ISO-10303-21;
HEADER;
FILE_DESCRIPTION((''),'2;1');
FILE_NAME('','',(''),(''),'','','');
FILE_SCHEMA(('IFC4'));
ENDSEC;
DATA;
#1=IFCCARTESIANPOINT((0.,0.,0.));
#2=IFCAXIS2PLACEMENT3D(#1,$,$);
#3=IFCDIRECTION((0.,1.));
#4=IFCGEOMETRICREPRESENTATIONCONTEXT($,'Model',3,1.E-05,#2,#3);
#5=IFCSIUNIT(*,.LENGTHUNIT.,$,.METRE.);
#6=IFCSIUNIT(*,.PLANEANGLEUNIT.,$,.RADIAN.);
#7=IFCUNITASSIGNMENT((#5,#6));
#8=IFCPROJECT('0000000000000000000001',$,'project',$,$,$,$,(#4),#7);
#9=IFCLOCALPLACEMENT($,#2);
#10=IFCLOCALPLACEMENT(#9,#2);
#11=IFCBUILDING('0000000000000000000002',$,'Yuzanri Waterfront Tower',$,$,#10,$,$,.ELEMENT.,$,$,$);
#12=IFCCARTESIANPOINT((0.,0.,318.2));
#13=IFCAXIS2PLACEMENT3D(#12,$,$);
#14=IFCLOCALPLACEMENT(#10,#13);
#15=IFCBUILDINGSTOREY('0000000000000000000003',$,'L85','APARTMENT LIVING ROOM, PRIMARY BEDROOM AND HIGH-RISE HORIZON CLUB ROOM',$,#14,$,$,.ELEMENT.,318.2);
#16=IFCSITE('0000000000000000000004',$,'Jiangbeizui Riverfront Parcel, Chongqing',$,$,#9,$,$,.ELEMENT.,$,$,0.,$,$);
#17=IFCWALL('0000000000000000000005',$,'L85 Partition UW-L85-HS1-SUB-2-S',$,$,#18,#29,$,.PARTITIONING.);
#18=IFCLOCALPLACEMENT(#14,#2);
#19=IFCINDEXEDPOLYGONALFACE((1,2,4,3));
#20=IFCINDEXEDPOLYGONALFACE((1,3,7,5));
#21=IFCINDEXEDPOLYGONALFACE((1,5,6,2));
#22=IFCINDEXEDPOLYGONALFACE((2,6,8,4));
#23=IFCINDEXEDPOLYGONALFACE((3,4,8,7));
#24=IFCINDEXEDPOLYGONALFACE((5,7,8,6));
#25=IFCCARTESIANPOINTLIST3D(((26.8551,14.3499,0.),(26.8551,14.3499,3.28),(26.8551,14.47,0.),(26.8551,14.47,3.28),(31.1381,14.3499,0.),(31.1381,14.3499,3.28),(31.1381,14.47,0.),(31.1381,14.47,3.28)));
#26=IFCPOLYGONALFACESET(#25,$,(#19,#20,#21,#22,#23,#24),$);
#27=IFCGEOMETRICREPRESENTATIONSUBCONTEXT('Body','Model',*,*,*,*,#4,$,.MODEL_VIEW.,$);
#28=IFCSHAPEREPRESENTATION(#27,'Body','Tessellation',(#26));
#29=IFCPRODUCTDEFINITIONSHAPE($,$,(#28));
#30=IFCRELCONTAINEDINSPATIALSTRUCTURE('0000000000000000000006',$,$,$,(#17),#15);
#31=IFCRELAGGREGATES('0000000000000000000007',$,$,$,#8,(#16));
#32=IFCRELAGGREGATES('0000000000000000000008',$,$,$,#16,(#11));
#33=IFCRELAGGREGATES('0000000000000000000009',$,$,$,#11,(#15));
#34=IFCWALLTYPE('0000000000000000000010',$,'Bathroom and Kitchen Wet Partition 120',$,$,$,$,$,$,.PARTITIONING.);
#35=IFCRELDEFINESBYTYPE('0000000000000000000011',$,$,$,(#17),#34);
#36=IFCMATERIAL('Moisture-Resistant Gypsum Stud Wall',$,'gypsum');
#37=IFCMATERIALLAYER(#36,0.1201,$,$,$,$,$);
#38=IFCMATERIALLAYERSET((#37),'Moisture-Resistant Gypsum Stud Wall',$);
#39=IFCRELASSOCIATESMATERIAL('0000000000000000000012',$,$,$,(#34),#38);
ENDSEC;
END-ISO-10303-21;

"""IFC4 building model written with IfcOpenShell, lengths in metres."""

from ifc_helpers import new_model, si_unit, direction, frame, frame_2d, origin, place, context, subcontext, project, spatial, rectangle, extrude, source, transform, mapped, material, layer, layer_set, type_object, element, save


model = new_model("IFC4")

# Units and contexts
model_context = context("Model", 3, precision=1e-05, world=origin(), true_north=direction((0.0, 1.0)))
body_context = subcontext(model_context, "Body", "Model", "MODEL_VIEW")
ifc_project = project(units=[si_unit("LENGTHUNIT", "METRE"), si_unit("PLANEANGLEUNIT", "RADIAN")], contexts=[model_context])

# Site, building, storey
site_placement = place(None, origin())
site = spatial("IfcSite", under=ifc_project, at=site_placement, Name="Jiangbeizui Riverfront Parcel, Chongqing", CompositionType="ELEMENT", RefElevation=0.0)
building_placement = place(site_placement, origin())
building = spatial("IfcBuilding", under=site, at=building_placement, Name="Yuzanri Waterfront Tower", CompositionType="ELEMENT")
storey_placement = place(building_placement, frame((0.0, 0.0, 318.2)))
storey = spatial("IfcBuildingStorey", under=building, at=storey_placement, Name="L85", Description="APARTMENT LIVING ROOM, PRIMARY BEDROOM AND HIGH-RISE HORIZON CLUB ROOM", CompositionType="ELEMENT", Elevation=318.2)

# Shared definitions
ifc_material_1 = material(Name="Moisture-Resistant Gypsum Stud Wall", Category="gypsum")
ifc_layer_1 = layer(ifc_material_1, 0.1201)
ifc_layer_set_1 = layer_set([ifc_layer_1], Name="Moisture-Resistant Gypsum Stud Wall")
wall_type_1 = type_object("IfcWallType", Name="Bathroom and Kitchen Wet Partition 120", PredefinedType="PARTITIONING", material=ifc_layer_set_1)

# Wall
shared_shape_1 = source(origin(), body_context, "Body", "SweptSolid", [
    extrude(rectangle(XDim=4.283, YDim=0.1201, at=frame_2d((2.1416, 0.0))), origin(), (0.0, 0.0, 1.0), 3.28),
])
wall_1_placement = place(storey_placement, frame((26.855, 14.4099, 0.0), z_axis=(0.0, 0.0, 1.0), x_axis=(1.0, 0.0, 0.0)))
element("IfcWall", 1, at=wall_1_placement, inside=storey, type_object=wall_type_1, Name="L85 Partition UW-L85-HS1-SUB-2-S", PredefinedType="PARTITIONING", context=body_context, shape_type="MappedRepresentation", body=[
    mapped(shared_shape_1, transform((0.0, 0.0, 0.0), scale=1.0)),
])

save(model, "model.ifc")
